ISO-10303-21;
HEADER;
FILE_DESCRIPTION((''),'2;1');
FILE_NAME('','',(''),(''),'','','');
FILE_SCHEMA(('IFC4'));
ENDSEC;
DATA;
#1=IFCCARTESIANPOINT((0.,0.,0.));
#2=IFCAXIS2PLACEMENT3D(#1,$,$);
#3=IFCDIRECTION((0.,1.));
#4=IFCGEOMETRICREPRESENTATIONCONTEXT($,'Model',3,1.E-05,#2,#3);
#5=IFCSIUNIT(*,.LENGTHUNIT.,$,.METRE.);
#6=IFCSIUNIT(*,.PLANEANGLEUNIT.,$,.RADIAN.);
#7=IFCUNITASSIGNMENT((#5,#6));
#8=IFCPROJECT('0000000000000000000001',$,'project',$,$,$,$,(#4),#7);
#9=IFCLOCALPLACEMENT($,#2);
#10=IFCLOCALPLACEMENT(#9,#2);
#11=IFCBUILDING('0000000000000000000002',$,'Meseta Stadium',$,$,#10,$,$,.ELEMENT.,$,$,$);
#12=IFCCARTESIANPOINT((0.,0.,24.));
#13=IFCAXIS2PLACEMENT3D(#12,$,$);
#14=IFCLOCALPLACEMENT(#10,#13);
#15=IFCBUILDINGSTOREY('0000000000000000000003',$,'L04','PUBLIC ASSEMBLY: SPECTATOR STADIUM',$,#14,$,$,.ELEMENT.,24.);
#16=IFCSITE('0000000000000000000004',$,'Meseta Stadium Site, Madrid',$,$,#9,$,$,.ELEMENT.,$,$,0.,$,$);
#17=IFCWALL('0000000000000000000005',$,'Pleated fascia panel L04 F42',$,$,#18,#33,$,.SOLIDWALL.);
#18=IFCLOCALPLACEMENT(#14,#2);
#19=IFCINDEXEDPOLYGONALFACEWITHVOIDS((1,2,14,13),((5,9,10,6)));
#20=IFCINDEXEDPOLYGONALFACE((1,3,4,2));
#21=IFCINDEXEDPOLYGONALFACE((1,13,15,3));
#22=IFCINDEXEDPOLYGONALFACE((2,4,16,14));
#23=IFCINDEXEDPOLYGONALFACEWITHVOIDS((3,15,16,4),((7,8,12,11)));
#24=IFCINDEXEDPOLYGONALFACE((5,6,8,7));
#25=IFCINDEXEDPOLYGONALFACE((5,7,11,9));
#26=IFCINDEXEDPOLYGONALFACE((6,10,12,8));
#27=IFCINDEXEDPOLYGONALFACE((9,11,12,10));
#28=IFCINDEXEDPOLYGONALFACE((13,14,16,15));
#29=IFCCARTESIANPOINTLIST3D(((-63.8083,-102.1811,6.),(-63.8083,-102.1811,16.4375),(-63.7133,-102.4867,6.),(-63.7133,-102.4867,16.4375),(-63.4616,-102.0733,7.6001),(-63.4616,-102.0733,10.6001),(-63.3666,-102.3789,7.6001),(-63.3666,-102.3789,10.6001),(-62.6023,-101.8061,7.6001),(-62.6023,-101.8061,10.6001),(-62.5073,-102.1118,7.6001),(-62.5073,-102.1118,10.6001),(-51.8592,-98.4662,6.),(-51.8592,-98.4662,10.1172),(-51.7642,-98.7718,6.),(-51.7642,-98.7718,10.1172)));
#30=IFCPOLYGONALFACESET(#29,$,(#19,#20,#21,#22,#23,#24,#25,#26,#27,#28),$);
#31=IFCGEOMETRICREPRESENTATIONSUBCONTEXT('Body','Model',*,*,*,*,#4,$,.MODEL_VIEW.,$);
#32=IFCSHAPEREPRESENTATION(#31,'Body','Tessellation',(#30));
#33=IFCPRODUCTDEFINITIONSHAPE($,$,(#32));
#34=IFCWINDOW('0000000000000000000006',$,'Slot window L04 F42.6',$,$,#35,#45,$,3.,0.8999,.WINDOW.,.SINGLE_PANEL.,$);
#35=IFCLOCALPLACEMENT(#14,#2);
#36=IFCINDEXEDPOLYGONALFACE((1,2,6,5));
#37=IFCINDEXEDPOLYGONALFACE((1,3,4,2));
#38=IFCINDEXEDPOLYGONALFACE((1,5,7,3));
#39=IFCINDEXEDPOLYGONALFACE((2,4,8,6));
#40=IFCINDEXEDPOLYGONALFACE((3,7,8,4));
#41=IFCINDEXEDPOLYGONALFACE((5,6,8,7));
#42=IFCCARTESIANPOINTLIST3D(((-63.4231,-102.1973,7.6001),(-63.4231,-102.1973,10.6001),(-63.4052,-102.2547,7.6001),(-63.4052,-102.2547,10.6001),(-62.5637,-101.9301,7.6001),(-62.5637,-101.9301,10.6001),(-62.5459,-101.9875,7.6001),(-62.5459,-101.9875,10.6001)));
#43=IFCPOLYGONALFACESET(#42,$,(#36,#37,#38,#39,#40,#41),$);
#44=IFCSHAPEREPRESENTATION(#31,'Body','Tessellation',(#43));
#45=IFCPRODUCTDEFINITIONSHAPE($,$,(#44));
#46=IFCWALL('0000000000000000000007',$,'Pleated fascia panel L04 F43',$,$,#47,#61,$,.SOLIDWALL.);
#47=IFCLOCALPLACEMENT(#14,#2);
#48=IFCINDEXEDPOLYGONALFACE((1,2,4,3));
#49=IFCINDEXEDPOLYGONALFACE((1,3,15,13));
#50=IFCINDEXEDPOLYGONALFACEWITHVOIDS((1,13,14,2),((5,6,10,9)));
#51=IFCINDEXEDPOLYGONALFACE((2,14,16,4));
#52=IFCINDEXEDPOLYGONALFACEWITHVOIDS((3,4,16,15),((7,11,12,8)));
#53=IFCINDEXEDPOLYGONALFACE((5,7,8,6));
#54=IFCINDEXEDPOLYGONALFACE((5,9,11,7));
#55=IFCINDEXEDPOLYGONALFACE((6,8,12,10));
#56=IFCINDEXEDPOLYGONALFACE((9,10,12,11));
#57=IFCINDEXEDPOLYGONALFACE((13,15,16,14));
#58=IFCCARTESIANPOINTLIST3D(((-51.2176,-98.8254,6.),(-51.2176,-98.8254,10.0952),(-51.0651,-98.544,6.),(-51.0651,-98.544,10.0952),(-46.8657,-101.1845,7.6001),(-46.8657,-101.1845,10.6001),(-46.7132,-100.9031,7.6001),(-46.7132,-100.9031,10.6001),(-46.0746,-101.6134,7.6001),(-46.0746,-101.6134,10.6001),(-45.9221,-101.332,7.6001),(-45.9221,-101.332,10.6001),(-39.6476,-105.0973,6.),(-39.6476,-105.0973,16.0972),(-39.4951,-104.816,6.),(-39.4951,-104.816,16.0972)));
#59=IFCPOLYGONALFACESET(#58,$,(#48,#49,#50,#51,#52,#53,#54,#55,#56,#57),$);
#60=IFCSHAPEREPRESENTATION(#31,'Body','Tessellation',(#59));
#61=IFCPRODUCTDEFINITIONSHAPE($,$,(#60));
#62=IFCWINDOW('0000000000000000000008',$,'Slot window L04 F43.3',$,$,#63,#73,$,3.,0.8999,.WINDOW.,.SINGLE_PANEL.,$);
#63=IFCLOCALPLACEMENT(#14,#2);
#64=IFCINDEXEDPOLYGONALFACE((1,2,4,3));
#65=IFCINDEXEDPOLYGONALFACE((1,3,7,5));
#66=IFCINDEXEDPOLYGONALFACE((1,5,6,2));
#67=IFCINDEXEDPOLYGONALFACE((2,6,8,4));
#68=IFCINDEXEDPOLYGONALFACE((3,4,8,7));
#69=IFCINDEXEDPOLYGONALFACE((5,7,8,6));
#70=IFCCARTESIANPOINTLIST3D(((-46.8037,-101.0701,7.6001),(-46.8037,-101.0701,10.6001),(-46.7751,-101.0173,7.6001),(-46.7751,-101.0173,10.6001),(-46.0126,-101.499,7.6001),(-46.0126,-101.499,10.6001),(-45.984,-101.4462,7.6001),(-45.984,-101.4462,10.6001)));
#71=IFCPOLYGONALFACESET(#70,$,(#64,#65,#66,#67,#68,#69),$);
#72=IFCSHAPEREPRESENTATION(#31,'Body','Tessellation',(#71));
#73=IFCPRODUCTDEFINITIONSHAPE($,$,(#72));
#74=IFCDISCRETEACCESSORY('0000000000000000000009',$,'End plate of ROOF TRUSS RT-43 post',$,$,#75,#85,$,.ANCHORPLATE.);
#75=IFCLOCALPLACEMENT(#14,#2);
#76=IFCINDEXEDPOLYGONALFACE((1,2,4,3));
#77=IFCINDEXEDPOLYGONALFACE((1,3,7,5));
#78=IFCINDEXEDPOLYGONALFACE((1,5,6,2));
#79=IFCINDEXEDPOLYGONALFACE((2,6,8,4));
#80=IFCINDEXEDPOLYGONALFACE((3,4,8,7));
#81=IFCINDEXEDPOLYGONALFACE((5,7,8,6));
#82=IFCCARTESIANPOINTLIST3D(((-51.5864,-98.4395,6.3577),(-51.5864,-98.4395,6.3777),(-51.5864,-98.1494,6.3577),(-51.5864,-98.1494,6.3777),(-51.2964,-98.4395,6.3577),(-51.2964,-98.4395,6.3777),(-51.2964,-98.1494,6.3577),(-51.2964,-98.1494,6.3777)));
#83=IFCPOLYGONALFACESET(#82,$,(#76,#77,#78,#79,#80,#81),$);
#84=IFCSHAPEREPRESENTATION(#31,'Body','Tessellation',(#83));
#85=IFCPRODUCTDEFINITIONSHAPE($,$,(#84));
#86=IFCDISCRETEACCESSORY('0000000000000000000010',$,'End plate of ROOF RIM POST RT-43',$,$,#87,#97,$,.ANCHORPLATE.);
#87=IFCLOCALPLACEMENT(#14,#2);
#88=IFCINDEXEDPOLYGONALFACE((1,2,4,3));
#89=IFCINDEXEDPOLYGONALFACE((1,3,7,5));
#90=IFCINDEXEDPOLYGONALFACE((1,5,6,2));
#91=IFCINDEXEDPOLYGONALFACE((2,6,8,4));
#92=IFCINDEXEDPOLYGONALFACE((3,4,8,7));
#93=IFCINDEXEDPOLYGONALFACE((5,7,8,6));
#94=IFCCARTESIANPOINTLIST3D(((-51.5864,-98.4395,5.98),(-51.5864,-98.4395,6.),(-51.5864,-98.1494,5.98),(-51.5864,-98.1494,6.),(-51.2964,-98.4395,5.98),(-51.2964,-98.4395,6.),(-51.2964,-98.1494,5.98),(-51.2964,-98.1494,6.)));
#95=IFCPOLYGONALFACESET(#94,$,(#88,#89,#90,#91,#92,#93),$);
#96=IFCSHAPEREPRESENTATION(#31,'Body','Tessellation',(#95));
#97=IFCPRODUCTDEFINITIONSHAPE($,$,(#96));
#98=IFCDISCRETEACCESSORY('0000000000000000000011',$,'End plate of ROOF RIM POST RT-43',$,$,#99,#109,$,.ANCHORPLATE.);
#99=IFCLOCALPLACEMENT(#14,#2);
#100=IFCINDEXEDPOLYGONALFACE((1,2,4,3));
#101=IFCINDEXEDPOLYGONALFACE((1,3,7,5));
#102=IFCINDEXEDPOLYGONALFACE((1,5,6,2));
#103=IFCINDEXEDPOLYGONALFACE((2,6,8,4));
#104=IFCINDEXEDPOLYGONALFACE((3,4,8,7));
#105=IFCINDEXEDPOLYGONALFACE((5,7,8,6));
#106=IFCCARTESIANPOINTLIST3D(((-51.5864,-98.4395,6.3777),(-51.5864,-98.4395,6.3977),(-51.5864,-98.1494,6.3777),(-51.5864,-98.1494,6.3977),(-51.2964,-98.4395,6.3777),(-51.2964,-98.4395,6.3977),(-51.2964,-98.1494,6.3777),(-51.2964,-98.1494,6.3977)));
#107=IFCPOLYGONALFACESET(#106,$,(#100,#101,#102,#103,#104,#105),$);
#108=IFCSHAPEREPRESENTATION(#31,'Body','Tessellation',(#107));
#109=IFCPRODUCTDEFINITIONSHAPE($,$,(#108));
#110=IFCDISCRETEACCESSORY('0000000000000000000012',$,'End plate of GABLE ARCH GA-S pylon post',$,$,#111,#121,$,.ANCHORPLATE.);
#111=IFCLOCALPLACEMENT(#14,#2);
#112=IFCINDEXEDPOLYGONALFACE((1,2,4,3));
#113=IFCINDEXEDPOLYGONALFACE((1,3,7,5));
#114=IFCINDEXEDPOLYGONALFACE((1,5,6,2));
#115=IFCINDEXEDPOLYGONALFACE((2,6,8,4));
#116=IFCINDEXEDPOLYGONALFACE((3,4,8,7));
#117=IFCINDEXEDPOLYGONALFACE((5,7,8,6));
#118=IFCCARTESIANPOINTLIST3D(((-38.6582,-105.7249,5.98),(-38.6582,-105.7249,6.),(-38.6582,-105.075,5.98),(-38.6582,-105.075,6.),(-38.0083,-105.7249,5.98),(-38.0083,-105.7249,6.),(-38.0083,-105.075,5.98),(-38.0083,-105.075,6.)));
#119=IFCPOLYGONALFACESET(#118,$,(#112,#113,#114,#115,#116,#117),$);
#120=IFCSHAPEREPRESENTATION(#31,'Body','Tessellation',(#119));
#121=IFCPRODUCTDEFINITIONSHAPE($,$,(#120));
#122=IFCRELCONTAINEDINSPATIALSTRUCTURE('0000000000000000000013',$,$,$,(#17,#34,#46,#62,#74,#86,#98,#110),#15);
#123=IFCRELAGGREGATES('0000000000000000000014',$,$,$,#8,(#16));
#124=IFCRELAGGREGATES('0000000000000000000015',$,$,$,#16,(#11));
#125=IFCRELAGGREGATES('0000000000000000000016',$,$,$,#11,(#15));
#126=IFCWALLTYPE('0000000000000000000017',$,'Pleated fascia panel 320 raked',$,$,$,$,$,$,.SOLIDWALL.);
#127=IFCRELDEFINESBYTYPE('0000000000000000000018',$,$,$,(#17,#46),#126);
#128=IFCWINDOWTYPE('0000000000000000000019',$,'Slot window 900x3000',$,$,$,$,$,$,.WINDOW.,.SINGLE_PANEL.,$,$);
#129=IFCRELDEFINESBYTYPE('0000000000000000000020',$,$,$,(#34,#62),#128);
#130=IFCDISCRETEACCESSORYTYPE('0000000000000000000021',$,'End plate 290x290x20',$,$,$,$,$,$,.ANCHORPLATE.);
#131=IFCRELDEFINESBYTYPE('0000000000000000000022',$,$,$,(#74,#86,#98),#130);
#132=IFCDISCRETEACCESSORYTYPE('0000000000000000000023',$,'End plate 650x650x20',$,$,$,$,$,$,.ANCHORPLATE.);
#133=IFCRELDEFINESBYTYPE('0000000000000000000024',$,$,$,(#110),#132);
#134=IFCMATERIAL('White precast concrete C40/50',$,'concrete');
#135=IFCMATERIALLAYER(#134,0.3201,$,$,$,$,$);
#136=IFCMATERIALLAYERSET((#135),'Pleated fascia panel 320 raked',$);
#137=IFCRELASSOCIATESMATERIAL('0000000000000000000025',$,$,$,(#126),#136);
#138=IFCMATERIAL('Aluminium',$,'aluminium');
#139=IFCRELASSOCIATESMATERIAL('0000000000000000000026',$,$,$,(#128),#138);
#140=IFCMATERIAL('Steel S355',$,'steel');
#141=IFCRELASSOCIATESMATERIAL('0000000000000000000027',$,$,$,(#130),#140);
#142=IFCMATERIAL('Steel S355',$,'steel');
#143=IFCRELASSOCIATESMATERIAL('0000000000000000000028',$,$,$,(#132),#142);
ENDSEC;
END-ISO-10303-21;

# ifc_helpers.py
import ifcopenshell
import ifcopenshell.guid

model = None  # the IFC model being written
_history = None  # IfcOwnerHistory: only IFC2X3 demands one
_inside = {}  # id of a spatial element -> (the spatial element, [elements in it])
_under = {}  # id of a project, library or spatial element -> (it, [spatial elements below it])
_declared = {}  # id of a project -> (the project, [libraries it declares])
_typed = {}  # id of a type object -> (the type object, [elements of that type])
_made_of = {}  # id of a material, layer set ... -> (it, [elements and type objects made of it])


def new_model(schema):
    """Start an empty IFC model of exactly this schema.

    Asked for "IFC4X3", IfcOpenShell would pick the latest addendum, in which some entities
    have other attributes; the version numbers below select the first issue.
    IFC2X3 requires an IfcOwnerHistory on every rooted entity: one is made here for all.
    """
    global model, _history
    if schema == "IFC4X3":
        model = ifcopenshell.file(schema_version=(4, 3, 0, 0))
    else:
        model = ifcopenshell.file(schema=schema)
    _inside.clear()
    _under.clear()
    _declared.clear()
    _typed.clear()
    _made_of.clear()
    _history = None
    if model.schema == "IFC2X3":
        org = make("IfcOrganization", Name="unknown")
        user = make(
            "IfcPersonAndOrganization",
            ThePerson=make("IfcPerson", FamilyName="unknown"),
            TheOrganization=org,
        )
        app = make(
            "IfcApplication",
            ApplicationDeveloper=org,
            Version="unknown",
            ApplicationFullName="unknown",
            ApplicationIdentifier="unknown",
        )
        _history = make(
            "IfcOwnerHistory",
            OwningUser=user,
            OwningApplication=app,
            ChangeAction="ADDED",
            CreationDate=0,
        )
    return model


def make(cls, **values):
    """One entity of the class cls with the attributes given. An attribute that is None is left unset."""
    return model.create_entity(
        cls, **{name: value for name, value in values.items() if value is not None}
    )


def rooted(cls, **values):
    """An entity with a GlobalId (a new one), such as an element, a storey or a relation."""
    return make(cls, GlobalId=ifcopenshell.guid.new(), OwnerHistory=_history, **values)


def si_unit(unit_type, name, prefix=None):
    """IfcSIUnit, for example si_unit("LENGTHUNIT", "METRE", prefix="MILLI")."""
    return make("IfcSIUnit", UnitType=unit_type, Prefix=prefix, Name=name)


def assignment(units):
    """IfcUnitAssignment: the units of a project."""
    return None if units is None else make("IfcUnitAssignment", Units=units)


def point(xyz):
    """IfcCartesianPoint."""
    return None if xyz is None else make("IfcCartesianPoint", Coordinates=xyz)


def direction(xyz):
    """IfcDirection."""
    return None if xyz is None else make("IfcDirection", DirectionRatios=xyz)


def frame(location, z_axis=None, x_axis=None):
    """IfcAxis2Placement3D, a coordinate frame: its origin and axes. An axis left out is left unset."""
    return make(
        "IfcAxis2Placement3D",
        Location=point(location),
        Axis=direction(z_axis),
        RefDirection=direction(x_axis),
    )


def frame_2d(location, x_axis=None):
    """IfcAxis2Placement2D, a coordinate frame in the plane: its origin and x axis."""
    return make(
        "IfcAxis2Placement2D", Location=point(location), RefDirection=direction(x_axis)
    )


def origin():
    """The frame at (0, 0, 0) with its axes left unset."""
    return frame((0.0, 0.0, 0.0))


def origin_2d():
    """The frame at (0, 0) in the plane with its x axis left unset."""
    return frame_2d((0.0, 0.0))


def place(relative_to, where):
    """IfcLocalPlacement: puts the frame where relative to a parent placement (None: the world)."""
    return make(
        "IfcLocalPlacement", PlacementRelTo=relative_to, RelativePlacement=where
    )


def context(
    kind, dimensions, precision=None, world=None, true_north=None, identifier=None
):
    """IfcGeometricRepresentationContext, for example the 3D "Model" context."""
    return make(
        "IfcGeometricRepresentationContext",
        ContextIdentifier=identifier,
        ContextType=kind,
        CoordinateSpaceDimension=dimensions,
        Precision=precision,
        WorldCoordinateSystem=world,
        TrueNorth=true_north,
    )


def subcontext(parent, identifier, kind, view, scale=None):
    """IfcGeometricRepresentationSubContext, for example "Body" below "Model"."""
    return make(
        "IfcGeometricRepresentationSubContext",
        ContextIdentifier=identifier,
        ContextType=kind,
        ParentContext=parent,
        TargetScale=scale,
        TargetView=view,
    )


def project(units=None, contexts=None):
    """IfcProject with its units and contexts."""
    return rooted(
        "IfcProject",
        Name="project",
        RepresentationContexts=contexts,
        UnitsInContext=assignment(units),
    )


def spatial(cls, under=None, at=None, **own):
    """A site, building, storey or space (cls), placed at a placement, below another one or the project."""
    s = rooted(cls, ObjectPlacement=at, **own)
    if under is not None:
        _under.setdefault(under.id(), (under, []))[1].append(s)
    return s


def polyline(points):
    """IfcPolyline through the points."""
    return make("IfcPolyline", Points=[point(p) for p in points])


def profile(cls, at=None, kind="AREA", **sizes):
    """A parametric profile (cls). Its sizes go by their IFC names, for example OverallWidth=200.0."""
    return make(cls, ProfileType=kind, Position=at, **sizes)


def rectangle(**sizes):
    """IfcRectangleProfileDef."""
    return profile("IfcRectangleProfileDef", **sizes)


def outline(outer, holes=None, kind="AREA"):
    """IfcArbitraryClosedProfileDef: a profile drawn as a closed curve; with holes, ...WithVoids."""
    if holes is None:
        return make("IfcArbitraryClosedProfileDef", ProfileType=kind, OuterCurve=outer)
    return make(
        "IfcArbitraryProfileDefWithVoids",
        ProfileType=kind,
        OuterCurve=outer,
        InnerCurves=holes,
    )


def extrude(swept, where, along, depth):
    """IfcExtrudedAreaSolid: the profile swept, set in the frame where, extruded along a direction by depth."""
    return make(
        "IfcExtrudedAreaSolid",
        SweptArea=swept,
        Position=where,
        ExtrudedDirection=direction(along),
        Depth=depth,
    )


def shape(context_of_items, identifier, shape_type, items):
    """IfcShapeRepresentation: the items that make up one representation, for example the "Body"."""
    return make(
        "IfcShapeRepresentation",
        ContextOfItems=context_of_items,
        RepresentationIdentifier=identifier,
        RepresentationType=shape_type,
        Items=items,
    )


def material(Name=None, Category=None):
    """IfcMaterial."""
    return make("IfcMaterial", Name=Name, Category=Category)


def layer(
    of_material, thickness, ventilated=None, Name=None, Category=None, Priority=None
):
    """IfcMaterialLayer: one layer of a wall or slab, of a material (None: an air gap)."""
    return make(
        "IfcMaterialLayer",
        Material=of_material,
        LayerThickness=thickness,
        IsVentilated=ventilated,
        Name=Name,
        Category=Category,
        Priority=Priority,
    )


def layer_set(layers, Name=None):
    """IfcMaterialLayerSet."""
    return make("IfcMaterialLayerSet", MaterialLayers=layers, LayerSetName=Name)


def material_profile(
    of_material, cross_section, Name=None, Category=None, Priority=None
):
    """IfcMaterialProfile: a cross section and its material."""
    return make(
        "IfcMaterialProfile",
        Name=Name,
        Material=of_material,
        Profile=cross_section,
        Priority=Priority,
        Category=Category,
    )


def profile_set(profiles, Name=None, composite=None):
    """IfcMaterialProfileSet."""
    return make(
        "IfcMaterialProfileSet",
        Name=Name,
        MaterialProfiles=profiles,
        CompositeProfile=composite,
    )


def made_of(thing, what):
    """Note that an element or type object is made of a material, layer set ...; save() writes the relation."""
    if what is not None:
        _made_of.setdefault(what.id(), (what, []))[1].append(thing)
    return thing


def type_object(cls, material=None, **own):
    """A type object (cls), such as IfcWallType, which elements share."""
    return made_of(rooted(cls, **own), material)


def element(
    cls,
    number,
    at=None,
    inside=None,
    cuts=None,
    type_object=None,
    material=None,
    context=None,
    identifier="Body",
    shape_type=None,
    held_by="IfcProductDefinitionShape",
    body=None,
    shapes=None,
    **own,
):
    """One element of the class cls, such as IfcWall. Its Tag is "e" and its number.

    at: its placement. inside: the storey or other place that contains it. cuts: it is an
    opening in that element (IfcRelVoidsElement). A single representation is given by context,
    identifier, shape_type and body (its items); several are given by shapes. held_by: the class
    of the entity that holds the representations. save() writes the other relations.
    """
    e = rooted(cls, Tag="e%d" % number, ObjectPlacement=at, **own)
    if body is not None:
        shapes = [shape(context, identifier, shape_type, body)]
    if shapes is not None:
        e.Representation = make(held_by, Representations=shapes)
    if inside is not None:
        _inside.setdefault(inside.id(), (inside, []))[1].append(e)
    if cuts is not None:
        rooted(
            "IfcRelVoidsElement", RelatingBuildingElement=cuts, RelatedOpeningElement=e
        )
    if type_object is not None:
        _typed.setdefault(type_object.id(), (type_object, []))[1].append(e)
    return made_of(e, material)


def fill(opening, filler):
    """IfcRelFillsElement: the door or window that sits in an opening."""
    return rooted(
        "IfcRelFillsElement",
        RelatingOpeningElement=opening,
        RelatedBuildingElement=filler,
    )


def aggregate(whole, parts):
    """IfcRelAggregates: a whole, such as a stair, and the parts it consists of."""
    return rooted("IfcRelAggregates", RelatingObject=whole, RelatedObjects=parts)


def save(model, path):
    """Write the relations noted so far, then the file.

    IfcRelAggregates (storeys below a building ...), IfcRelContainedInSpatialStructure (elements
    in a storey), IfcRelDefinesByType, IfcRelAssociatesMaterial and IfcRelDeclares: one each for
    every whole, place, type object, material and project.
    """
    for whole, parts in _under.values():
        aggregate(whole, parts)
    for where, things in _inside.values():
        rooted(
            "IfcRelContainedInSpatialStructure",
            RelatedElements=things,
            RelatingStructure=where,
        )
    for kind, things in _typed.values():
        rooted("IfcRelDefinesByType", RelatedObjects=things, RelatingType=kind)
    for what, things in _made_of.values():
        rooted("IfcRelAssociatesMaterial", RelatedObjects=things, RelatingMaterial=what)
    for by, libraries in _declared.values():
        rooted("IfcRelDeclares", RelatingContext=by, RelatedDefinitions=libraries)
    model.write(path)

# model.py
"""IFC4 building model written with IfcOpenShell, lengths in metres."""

from ifc_helpers import new_model, si_unit, direction, frame, frame_2d, origin, origin_2d, place, context, subcontext, project, spatial, polyline, rectangle, outline, extrude, material, layer, layer_set, material_profile, profile_set, type_object, element, fill, save


model = new_model("IFC4")

# Units and contexts
model_context = context("Model", 3, precision=1e-05, world=origin(), true_north=direction((0.0, 1.0)))
body_context = subcontext(model_context, "Body", "Model", "MODEL_VIEW")
ifc_project = project(units=[si_unit("LENGTHUNIT", "METRE"), si_unit("PLANEANGLEUNIT", "RADIAN")], contexts=[model_context])

# Site, building, storey
site_placement = place(None, origin())
site = spatial("IfcSite", under=ifc_project, at=site_placement, Name="Meseta Stadium Site, Madrid", CompositionType="ELEMENT", RefElevation=0.0)
building_placement = place(site_placement, origin())
building = spatial("IfcBuilding", under=site, at=building_placement, Name="Meseta Stadium", CompositionType="ELEMENT")
storey_placement = place(building_placement, frame((0.0, 0.0, 24.0)))
storey = spatial("IfcBuildingStorey", under=building, at=storey_placement, Name="L04", Description="PUBLIC ASSEMBLY: SPECTATOR STADIUM", CompositionType="ELEMENT", Elevation=24.0)

# Walls, openings, windows
ifc_material_1 = material(Name="White precast concrete C40/50", Category="concrete")
ifc_layer_1 = layer(ifc_material_1, 0.3201)
ifc_layer_set_1 = layer_set([ifc_layer_1], Name="Pleated fascia panel 320 raked")
wall_type = type_object("IfcWallType", Name="Pleated fascia panel 320 raked", PredefinedType="SOLIDWALL", material=ifc_layer_set_1)
wall_1_placement = place(storey_placement, frame((-51.8118, -98.6189, 6.0), z_axis=(0.0, 0.0, 1.0), x_axis=(-0.954916, -0.296876, 0.0)))
wall_1 = element("IfcWall", 1, at=wall_1_placement, inside=storey, type_object=wall_type, Name="Pleated fascia panel L04 F42", PredefinedType="SOLIDWALL", context=body_context, shape_type="SweptSolid", body=[
    extrude(outline(polyline([(0.0, 0.0), (12.5132, 0.0), (12.5132, 10.4375), (0.0, 4.1172), (0.0, 0.0)])), frame((0.0, 0.1602, 0.0), z_axis=(0.0, -1.0, 0.0), x_axis=(1.0, 0.0, 0.0)), (0.0, 0.0, 1.0), 0.3201),
])
opening_1_placement = place(wall_1_placement, frame((11.2502, 0.0, 1.6001)))
opening_1 = element("IfcOpeningElement", 2, at=opening_1_placement, cuts=wall_1, PredefinedType="OPENING", context=body_context, shape_type="SweptSolid", body=[
    extrude(rectangle(XDim=0.8999, YDim=3.0, at=frame_2d((0.45, 1.5))), frame((0.0, 0.1699, 0.0), z_axis=(0.0, -1.0, 0.0), x_axis=(1.0, 0.0, 0.0)), (0.0, 0.0, 1.0), 0.3401),
])
ifc_material_2 = material(Name="Aluminium", Category="aluminium")
window_type = type_object("IfcWindowType", Name="Slot window 900x3000", PartitioningType="SINGLE_PANEL", PredefinedType="WINDOW", material=ifc_material_2)
window_1_placement = place(opening_1_placement, origin())
window_1 = element("IfcWindow", 3, at=window_1_placement, inside=storey, type_object=window_type, Name="Slot window L04 F42.6", OverallHeight=3.0, OverallWidth=0.8999, PartitioningType="SINGLE_PANEL", PredefinedType="WINDOW", context=body_context, shape_type="SweptSolid", body=[
    extrude(rectangle(XDim=0.8999, YDim=3.0, at=frame_2d((0.45, 1.5))), frame((0.0, 0.03, 0.0), z_axis=(0.0, -1.0, 0.0), x_axis=(1.0, 0.0, 0.0)), (0.0, 0.0, 1.0), 0.0601),
])
fill(opening_1, window_1)
wall_2_placement = place(storey_placement, frame((-39.5713, -104.9565, 6.0), z_axis=(0.0, 0.0, 1.0), x_axis=(-0.879138, 0.476568, 0.0)))
wall_2 = element("IfcWall", 4, at=wall_2_placement, inside=storey, type_object=wall_type, Name="Pleated fascia panel L04 F43", PredefinedType="SOLIDWALL", context=body_context, shape_type="SweptSolid", body=[
    extrude(outline(polyline([(0.0, 0.0), (13.1606, 0.0), (13.1606, 4.0952), (0.0, 10.0972), (0.0, 0.0)])), frame((0.0, 0.1602, 0.0), z_axis=(0.0, -1.0, 0.0), x_axis=(1.0, 0.0, 0.0)), (0.0, 0.0, 1.0), 0.3201),
])
opening_2_placement = place(wall_2_placement, frame((7.3105, 0.0, 1.6001)))
opening_2 = element("IfcOpeningElement", 5, at=opening_2_placement, cuts=wall_2, PredefinedType="OPENING", context=body_context, shape_type="SweptSolid", body=[
    extrude(rectangle(XDim=0.8999, YDim=3.0, at=frame_2d((0.45, 1.5))), frame((0.0, 0.1699, 0.0), z_axis=(0.0, -1.0, 0.0), x_axis=(1.0, 0.0, 0.0)), (0.0, 0.0, 1.0), 0.3401),
])
window_2_placement = place(opening_2_placement, origin())
window_2 = element("IfcWindow", 6, at=window_2_placement, inside=storey, type_object=window_type, Name="Slot window L04 F43.3", OverallHeight=3.0, OverallWidth=0.8999, PartitioningType="SINGLE_PANEL", PredefinedType="WINDOW", context=body_context, shape_type="SweptSolid", body=[
    extrude(rectangle(XDim=0.8999, YDim=3.0, at=frame_2d((0.45, 1.5))), frame((0.0, 0.03, 0.0), z_axis=(0.0, -1.0, 0.0), x_axis=(1.0, 0.0, 0.0)), (0.0, 0.0, 1.0), 0.0601),
])
fill(opening_2, window_2)

# Discrete accessories
ifc_material_3 = material(Name="Steel S355", Category="steel")
ifc_material_profile_1 = material_profile(ifc_material_3, rectangle(XDim=0.29, YDim=0.29, at=origin_2d()), Name="PL 290x290")
ifc_profile_set_1 = profile_set([ifc_material_profile_1], Name="Steel S355")
discrete_accessory_type_1 = type_object("IfcDiscreteAccessoryType", Name="End plate 290x290x20", PredefinedType="ANCHORPLATE", material=ifc_profile_set_1)
for number, where, z_axis, x_axis, name in (
    (7, (-51.4414, -98.2944, 6.3577), (0.0, 0.0, 1.0), (1.0, 0.0, 0.0), "End plate of ROOF TRUSS RT-43 post"),
    (8, (-51.4414, -98.2944, 5.98), (0.0, 0.0, 1.0), (1.0, 0.0, 0.0), "End plate of ROOF RIM POST RT-43"),
    (9, (-51.4414, -98.2944, 6.3777), (0.0, 0.0, 1.0), (1.0, 0.0, 0.0), "End plate of ROOF RIM POST RT-43"),
):
    element("IfcDiscreteAccessory", number, at=place(storey_placement, frame(where, z_axis=z_axis, x_axis=x_axis)), inside=storey, type_object=discrete_accessory_type_1, Name=name, PredefinedType="ANCHORPLATE", context=body_context, shape_type="SweptSolid", body=[
        extrude(rectangle(XDim=0.29, YDim=0.29, at=origin_2d()), origin(), (0.0, 0.0, 1.0), 0.02),
    ])
ifc_material_4 = material(Name="Steel S355", Category="steel")
ifc_material_profile_2 = material_profile(ifc_material_4, rectangle(XDim=0.6499, YDim=0.6499, at=origin_2d()), Name="PL 650x650")
ifc_profile_set_2 = profile_set([ifc_material_profile_2], Name="Steel S355")
discrete_accessory_type_2 = type_object("IfcDiscreteAccessoryType", Name="End plate 650x650x20", PredefinedType="ANCHORPLATE", material=ifc_profile_set_2)
discrete_accessory_placement = place(storey_placement, frame((-38.3333, -105.3999, 5.98), z_axis=(0.0, 0.0, 1.0), x_axis=(1.0, 0.0, 0.0)))
element("IfcDiscreteAccessory", 10, at=discrete_accessory_placement, inside=storey, type_object=discrete_accessory_type_2, Name="End plate of GABLE ARCH GA-S pylon post", PredefinedType="ANCHORPLATE", context=body_context, shape_type="SweptSolid", body=[
    extrude(rectangle(XDim=0.6499, YDim=0.6499, at=origin_2d()), origin(), (0.0, 0.0, 1.0), 0.02),
])

save(model, "model.ifc")
